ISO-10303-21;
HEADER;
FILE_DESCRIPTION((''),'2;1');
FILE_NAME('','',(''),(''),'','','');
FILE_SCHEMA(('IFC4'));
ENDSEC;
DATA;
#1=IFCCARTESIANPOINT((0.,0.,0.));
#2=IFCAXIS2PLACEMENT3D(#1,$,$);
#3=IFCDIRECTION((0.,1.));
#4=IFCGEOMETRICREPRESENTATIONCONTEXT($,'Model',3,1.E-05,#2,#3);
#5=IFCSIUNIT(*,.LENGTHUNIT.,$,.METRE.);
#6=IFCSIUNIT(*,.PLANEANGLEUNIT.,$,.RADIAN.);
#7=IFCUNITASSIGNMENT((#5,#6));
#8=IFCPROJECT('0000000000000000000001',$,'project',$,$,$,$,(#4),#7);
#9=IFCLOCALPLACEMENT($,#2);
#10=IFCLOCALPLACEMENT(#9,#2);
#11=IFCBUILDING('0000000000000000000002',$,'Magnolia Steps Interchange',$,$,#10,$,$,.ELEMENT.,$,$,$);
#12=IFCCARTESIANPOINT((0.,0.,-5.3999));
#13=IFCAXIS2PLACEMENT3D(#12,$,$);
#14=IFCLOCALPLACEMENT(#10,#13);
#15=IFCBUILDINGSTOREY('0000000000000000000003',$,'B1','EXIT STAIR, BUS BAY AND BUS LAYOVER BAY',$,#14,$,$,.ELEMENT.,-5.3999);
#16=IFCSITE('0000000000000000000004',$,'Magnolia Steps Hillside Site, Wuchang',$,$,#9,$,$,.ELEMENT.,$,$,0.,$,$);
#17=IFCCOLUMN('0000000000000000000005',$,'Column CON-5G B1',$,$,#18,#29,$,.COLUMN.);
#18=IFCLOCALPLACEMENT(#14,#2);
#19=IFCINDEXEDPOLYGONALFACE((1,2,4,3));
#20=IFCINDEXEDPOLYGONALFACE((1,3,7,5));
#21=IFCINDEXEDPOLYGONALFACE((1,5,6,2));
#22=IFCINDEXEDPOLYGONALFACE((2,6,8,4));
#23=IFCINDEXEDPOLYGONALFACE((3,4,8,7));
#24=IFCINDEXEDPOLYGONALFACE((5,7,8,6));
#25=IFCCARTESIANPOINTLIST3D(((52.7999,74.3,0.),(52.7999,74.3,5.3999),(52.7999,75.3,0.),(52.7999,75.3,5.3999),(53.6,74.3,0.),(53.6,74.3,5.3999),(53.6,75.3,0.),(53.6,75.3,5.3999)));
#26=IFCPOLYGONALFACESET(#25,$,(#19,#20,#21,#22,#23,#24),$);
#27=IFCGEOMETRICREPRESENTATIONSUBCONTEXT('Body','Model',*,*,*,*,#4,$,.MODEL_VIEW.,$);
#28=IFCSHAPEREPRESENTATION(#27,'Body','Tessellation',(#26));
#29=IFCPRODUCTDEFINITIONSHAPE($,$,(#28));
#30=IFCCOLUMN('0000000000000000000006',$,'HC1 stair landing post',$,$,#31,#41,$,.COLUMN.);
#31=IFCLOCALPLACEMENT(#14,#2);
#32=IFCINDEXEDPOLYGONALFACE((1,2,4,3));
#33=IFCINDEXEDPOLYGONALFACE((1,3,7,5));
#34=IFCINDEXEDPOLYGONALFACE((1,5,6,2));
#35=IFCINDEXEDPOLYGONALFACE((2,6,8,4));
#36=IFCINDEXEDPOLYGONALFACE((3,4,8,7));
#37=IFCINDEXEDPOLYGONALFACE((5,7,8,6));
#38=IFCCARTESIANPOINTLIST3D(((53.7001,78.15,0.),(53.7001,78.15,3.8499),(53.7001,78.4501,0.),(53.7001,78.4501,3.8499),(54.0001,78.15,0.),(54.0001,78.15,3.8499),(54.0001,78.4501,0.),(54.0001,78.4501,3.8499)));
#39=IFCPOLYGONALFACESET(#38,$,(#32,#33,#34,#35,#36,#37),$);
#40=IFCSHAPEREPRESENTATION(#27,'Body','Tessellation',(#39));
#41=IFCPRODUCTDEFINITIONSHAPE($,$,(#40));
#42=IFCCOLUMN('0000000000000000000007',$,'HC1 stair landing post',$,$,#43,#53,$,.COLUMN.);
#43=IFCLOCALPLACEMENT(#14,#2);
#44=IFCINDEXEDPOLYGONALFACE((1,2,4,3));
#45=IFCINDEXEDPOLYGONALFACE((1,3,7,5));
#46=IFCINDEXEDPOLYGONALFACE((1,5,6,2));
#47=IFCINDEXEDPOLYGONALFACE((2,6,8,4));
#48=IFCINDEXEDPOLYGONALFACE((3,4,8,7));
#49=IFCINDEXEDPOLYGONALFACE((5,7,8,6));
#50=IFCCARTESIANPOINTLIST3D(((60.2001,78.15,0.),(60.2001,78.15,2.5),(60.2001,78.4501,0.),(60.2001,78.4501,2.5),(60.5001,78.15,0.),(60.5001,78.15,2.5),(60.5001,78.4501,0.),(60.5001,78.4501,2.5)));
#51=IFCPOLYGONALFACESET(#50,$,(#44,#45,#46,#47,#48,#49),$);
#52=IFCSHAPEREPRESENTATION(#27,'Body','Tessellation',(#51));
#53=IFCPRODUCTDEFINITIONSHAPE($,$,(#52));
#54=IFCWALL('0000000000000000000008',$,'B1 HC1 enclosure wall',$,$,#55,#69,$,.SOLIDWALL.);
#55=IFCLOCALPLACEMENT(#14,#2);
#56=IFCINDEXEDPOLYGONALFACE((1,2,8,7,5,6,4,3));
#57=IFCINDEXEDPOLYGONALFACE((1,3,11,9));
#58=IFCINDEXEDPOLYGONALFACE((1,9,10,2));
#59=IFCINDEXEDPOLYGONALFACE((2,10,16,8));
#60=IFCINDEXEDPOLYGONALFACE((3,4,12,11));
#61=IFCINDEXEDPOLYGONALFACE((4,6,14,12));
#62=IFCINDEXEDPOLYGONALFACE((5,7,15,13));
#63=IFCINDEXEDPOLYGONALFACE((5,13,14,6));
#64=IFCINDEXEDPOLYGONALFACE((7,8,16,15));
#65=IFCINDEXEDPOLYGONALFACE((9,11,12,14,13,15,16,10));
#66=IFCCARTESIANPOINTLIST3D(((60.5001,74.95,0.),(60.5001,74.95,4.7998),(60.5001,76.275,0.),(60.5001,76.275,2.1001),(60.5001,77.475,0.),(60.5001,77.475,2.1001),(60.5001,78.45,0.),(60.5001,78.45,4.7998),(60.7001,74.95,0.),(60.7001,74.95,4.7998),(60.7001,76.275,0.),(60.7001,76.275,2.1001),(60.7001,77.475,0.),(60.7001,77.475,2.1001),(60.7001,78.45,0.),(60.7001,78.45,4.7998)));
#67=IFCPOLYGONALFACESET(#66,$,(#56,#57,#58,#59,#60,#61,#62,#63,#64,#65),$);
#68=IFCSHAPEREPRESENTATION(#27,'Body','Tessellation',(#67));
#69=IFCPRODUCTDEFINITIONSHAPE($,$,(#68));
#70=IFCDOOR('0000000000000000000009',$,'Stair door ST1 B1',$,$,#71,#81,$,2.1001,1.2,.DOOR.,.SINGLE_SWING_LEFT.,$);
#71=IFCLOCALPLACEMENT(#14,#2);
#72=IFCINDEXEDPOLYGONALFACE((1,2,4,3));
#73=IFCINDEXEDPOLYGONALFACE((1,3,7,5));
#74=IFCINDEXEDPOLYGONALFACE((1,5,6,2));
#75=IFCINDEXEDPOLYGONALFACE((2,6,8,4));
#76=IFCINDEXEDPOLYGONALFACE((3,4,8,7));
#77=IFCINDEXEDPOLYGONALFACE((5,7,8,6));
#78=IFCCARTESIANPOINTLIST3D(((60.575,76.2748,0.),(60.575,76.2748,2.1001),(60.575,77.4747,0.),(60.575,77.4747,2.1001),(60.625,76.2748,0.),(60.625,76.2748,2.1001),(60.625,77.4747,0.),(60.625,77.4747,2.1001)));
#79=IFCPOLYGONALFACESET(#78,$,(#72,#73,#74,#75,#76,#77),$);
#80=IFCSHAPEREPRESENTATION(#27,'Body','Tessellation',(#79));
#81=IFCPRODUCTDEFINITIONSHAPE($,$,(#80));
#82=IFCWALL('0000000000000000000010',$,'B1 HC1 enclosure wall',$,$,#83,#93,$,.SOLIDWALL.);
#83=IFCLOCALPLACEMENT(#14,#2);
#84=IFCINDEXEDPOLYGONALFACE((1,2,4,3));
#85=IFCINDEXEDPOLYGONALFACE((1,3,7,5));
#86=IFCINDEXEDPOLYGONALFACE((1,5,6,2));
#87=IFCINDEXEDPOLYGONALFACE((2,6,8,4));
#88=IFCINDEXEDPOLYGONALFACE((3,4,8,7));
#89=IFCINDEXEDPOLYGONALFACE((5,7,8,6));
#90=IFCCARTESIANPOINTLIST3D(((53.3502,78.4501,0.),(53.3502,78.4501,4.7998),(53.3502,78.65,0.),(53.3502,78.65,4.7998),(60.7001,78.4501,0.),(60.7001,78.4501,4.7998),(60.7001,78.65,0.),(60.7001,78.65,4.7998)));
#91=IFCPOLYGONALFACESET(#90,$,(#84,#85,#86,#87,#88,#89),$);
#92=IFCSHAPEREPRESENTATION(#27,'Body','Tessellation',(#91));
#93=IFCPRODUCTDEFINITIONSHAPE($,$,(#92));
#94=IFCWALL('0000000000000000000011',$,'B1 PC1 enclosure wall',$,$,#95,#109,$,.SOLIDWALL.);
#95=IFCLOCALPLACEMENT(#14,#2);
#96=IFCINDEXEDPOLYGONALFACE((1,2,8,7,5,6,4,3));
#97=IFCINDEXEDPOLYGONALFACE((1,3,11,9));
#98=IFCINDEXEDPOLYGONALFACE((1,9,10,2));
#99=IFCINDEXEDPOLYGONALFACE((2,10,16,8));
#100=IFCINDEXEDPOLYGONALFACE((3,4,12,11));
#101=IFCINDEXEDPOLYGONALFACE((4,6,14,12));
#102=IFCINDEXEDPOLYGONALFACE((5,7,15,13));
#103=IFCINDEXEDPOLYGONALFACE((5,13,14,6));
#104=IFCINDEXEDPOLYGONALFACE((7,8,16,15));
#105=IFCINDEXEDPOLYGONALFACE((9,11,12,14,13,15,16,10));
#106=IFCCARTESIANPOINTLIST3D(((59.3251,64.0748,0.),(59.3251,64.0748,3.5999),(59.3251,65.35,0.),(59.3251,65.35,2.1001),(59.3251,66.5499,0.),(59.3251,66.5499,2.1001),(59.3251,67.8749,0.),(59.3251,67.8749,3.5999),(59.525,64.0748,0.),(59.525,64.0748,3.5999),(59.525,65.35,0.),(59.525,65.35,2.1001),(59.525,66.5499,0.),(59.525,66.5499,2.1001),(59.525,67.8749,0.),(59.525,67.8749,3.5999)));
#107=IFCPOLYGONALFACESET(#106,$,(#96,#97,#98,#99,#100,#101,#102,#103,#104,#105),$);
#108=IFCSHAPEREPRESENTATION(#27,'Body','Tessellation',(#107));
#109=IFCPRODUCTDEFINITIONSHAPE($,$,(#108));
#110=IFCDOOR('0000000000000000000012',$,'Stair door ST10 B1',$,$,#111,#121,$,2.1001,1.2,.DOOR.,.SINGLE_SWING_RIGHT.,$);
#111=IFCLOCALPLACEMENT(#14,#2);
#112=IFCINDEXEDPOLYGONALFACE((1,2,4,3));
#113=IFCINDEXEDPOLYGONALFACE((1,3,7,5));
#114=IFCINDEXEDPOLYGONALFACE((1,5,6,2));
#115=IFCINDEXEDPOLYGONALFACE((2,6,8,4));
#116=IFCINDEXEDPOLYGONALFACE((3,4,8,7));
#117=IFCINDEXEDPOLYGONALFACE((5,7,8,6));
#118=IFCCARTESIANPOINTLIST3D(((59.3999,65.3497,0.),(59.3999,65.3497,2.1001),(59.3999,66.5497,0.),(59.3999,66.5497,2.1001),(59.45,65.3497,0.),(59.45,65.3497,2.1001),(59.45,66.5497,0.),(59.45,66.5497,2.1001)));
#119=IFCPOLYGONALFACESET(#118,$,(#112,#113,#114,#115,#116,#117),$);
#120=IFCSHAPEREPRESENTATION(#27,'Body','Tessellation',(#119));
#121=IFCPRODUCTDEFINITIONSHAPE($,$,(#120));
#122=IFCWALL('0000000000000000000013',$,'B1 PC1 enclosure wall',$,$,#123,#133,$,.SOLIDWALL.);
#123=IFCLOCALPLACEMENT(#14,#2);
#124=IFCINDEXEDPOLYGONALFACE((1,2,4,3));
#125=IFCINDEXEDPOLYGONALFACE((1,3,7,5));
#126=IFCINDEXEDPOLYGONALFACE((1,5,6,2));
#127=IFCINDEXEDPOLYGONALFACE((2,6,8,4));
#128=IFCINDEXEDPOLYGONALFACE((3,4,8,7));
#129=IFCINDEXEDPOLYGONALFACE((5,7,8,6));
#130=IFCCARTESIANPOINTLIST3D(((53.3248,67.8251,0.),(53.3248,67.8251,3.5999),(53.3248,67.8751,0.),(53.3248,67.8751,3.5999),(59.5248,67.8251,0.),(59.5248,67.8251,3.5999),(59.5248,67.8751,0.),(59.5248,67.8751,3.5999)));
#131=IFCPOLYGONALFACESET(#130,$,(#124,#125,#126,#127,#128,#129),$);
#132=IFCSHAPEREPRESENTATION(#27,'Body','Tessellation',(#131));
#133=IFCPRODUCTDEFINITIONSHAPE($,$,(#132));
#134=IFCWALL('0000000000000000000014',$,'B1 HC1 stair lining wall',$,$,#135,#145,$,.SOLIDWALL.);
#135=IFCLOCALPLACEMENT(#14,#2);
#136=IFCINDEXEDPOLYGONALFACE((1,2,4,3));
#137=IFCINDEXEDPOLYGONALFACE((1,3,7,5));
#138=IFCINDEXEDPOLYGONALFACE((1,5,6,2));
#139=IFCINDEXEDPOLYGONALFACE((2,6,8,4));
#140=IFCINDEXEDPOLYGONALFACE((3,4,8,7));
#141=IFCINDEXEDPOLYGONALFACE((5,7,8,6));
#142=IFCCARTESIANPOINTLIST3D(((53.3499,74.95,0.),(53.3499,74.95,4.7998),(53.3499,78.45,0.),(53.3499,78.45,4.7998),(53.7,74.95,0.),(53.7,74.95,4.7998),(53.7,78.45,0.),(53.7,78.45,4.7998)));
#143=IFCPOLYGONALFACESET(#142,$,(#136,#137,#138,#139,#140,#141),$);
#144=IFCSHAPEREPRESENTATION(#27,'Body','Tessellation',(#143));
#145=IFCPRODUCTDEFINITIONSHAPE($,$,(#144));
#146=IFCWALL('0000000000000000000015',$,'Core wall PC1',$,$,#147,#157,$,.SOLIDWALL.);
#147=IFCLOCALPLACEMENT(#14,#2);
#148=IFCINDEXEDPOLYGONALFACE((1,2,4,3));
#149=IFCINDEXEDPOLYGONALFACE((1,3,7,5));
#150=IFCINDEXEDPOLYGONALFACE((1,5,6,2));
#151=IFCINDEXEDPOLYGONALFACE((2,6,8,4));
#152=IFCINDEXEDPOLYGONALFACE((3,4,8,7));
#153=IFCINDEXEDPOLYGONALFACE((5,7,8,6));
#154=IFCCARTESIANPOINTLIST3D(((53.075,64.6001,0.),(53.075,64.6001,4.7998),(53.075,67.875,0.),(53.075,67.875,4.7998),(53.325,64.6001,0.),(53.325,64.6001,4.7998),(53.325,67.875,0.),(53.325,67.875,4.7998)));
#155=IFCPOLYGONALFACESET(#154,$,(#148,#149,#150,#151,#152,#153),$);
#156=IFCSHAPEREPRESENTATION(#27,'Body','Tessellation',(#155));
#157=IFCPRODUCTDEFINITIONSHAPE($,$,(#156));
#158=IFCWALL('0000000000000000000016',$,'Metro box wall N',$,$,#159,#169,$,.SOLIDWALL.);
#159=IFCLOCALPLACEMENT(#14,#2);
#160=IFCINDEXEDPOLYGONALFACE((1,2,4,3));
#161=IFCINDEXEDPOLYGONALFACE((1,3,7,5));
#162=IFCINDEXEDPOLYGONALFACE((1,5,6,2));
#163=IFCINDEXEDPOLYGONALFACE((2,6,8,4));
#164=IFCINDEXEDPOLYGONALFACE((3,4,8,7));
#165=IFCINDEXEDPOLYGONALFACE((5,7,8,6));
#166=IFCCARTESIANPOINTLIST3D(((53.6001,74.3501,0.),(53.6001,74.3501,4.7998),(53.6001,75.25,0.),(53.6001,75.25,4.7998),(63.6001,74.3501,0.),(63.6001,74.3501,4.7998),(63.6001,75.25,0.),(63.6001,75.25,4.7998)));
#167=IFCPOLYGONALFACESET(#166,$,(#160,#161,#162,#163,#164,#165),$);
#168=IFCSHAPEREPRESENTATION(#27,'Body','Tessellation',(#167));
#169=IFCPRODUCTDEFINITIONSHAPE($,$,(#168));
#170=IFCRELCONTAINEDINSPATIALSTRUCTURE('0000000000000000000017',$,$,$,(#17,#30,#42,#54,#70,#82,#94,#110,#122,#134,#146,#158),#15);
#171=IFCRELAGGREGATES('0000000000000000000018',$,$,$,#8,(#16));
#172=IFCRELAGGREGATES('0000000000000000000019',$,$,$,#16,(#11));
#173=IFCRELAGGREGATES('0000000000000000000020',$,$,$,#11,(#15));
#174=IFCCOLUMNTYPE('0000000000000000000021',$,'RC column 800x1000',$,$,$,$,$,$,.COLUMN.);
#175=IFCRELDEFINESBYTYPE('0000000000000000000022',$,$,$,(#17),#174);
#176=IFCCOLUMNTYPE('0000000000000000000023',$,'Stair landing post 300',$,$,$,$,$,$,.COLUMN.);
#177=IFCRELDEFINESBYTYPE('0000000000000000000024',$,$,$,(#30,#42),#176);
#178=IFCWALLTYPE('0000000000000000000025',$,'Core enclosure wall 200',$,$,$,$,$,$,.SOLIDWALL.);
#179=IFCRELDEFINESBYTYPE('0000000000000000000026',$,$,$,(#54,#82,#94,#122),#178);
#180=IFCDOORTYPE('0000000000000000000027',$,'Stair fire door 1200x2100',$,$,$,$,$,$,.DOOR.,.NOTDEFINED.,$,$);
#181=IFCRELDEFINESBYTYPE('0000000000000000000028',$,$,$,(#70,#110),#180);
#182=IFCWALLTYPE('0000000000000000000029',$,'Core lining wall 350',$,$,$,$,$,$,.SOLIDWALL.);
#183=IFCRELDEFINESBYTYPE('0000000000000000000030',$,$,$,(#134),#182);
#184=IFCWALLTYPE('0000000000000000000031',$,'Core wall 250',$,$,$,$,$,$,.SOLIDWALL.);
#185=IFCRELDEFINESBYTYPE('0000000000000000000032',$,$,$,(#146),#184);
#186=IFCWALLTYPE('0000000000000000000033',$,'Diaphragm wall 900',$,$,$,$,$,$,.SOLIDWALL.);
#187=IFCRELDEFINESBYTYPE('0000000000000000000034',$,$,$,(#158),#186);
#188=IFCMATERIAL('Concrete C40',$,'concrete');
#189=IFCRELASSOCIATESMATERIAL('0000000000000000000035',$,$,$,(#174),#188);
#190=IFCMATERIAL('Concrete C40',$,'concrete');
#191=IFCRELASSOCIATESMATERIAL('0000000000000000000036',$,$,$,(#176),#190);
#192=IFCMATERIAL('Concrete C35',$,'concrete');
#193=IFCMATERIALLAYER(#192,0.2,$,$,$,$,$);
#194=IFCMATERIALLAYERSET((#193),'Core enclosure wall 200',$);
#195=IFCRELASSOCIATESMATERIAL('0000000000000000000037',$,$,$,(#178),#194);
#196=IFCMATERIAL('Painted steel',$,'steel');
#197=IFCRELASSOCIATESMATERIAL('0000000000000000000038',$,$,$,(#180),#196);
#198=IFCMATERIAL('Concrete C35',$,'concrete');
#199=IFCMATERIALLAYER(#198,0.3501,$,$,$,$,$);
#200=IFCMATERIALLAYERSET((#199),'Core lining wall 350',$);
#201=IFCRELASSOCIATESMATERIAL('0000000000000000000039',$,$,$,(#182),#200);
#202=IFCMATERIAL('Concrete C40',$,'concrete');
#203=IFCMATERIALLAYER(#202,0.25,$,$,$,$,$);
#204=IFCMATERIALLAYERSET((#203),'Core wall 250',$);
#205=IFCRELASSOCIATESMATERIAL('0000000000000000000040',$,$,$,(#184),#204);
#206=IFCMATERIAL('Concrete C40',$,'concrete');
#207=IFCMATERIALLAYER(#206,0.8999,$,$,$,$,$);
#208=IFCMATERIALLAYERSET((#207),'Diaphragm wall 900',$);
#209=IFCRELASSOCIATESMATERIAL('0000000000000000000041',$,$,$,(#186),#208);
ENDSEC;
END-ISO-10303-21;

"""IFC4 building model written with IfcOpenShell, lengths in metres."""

from ifc_helpers import new_model, si_unit, direction, frame, frame_2d, origin, origin_2d, place, context, subcontext, project, spatial, rectangle, extrude, material, layer, layer_set, material_profile, profile_set, type_object, element, fill, save


model = new_model("IFC4")

# Units and contexts
model_context = context("Model", 3, precision=1e-05, world=origin(), true_north=direction((0.0, 1.0)))
body_context = subcontext(model_context, "Body", "Model", "MODEL_VIEW")
ifc_project = project(units=[si_unit("LENGTHUNIT", "METRE"), si_unit("PLANEANGLEUNIT", "RADIAN")], contexts=[model_context])

# Site, building, storey
site_placement = place(None, origin())
site = spatial("IfcSite", under=ifc_project, at=site_placement, Name="Magnolia Steps Hillside Site, Wuchang", CompositionType="ELEMENT", RefElevation=0.0)
building_placement = place(site_placement, origin())
building = spatial("IfcBuilding", under=site, at=building_placement, Name="Magnolia Steps Interchange", CompositionType="ELEMENT")
storey_placement = place(building_placement, frame((0.0, 0.0, -5.3999)))
storey = spatial("IfcBuildingStorey", under=building, at=storey_placement, Name="B1", Description="EXIT STAIR, BUS BAY AND BUS LAYOVER BAY", CompositionType="ELEMENT", Elevation=-5.3999)

# Columns
ifc_material_1 = material(Name="Concrete C40", Category="concrete")
ifc_material_profile_1 = material_profile(ifc_material_1, rectangle(XDim=0.8, YDim=1.0, at=origin_2d()), Name="RC800x1000")
ifc_profile_set_1 = profile_set([ifc_material_profile_1], Name="Concrete C40")
column_type_1 = type_object("IfcColumnType", Name="RC column 800x1000", PredefinedType="COLUMN", material=ifc_profile_set_1)
column_1_placement = place(storey_placement, frame((53.2, 74.8, 0.0), z_axis=(0.0, 0.0, 1.0), x_axis=(1.0, 0.0, 0.0)))
element("IfcColumn", 1, at=column_1_placement, inside=storey, type_object=column_type_1, Name="Column CON-5G B1", PredefinedType="COLUMN", context=body_context, shape_type="SweptSolid", body=[
    extrude(rectangle(XDim=0.8, YDim=1.0, at=origin_2d()), origin(), (0.0, 0.0, 1.0), 5.3999),
])
ifc_material_2 = material(Name="Concrete C40", Category="concrete")
ifc_material_profile_2 = material_profile(ifc_material_2, rectangle(XDim=0.3, YDim=0.3, at=origin_2d()), Name="RC300x300")
ifc_profile_set_2 = profile_set([ifc_material_profile_2], Name="Concrete C40")
column_type_2 = type_object("IfcColumnType", Name="Stair landing post 300", PredefinedType="COLUMN", material=ifc_profile_set_2)
column_2_placement = place(storey_placement, frame((53.8501, 78.3, 0.0), z_axis=(0.0, 0.0, 1.0), x_axis=(1.0, 0.0, 0.0)))
element("IfcColumn", 2, at=column_2_placement, inside=storey, type_object=column_type_2, Name="HC1 stair landing post", PredefinedType="COLUMN", context=body_context, shape_type="SweptSolid", body=[
    extrude(rectangle(XDim=0.3, YDim=0.3, at=origin_2d()), origin(), (0.0, 0.0, 1.0), 3.8499),
])
column_3_placement = place(storey_placement, frame((60.3501, 78.3, 0.0), z_axis=(0.0, 0.0, 1.0), x_axis=(1.0, 0.0, 0.0)))
element("IfcColumn", 3, at=column_3_placement, inside=storey, type_object=column_type_2, Name="HC1 stair landing post", PredefinedType="COLUMN", context=body_context, shape_type="SweptSolid", body=[
    extrude(rectangle(XDim=0.3, YDim=0.3, at=origin_2d()), origin(), (0.0, 0.0, 1.0), 2.5),
])

# Wall, opening, door
ifc_material_3 = material(Name="Concrete C35", Category="concrete")
ifc_layer_1 = layer(ifc_material_3, 0.2)
ifc_layer_set_1 = layer_set([ifc_layer_1], Name="Core enclosure wall 200")
wall_type_1 = type_object("IfcWallType", Name="Core enclosure wall 200", PredefinedType="SOLIDWALL", material=ifc_layer_set_1)
wall_1_placement = place(storey_placement, frame((60.6001, 74.95, 0.0), z_axis=(0.0, 0.0, 1.0), x_axis=(0.0, 1.0, 0.0)))
wall_1 = element("IfcWall", 4, at=wall_1_placement, inside=storey, type_object=wall_type_1, Name="B1 HC1 enclosure wall", PredefinedType="SOLIDWALL", context=body_context, shape_type="SweptSolid", body=[
    extrude(rectangle(XDim=3.5, YDim=0.2, at=frame_2d((1.75, 0.0))), origin(), (0.0, 0.0, 1.0), 4.7998),
])
opening_1_placement = place(wall_1_placement, frame((1.325, 0.0, 0.0)))
opening_1 = element("IfcOpeningElement", 5, at=opening_1_placement, cuts=wall_1, PredefinedType="OPENING", context=body_context, shape_type="SweptSolid", body=[
    extrude(rectangle(XDim=1.2, YDim=2.1001, at=frame_2d((0.6001, 1.05))), frame((0.0, 0.1099, 0.0), z_axis=(0.0, -1.0, 0.0), x_axis=(1.0, 0.0, 0.0)), (0.0, 0.0, 1.0), 0.22),
])
ifc_material_4 = material(Name="Painted steel", Category="steel")
door_type = type_object("IfcDoorType", Name="Stair fire door 1200x2100", OperationType="NOTDEFINED", PredefinedType="DOOR", material=ifc_material_4)
door_1_placement = place(opening_1_placement, frame((1.2, 0.0, 0.0), z_axis=(0.0, 0.0, 1.0), x_axis=(-1.0, 0.0, 0.0)))
door_1 = element("IfcDoor", 6, at=door_1_placement, inside=storey, type_object=door_type, Name="Stair door ST1 B1", OperationType="SINGLE_SWING_LEFT", OverallHeight=2.1001, OverallWidth=1.2, PredefinedType="DOOR", context=body_context, shape_type="SweptSolid", body=[
    extrude(rectangle(XDim=1.2, YDim=2.1001, at=frame_2d((0.6001, 1.05))), frame((0.0, 0.0249, 0.0), z_axis=(0.0, -1.0, 0.0), x_axis=(1.0, 0.0, 0.0)), (0.0, 0.0, 1.0), 0.05),
])
fill(opening_1, door_1)

# Wall
wall_2_placement = place(storey_placement, frame((60.7, 78.55, 0.0), z_axis=(0.0, 0.0, 1.0), x_axis=(-1.0, 0.0, 0.0)))
element("IfcWall", 7, at=wall_2_placement, inside=storey, type_object=wall_type_1, Name="B1 HC1 enclosure wall", PredefinedType="SOLIDWALL", context=body_context, shape_type="SweptSolid", body=[
    extrude(rectangle(XDim=7.3499, YDim=0.2, at=frame_2d((3.6748, 0.0))), origin(), (0.0, 0.0, 1.0), 4.7998),
])

# Wall, opening, door
wall_3_placement = place(storey_placement, frame((59.425, 64.075, 0.0), z_axis=(0.0, 0.0, 1.0), x_axis=(0.0, 1.0, 0.0)))
wall_3 = element("IfcWall", 8, at=wall_3_placement, inside=storey, type_object=wall_type_1, Name="B1 PC1 enclosure wall", PredefinedType="SOLIDWALL", context=body_context, shape_type="SweptSolid", body=[
    extrude(rectangle(XDim=3.8, YDim=0.2, at=frame_2d((1.8999, 0.0))), origin(), (0.0, 0.0, 1.0), 3.5999),
])
opening_2_placement = place(wall_3_placement, frame((1.2749, 0.0, 0.0)))
opening_2 = element("IfcOpeningElement", 9, at=opening_2_placement, cuts=wall_3, PredefinedType="OPENING", context=body_context, shape_type="SweptSolid", body=[
    extrude(rectangle(XDim=1.2, YDim=2.1001, at=frame_2d((0.6001, 1.05))), frame((0.0, 0.1099, 0.0), z_axis=(0.0, -1.0, 0.0), x_axis=(1.0, 0.0, 0.0)), (0.0, 0.0, 1.0), 0.22),
])
door_2_placement = place(opening_2_placement, frame((1.2, 0.0, 0.0), z_axis=(0.0, 0.0, 1.0), x_axis=(-1.0, 0.0, 0.0)))
door_2 = element("IfcDoor", 10, at=door_2_placement, inside=storey, type_object=door_type, Name="Stair door ST10 B1", OperationType="SINGLE_SWING_RIGHT", OverallHeight=2.1001, OverallWidth=1.2, PredefinedType="DOOR", context=body_context, shape_type="SweptSolid", body=[
    extrude(rectangle(XDim=1.2, YDim=2.1001, at=frame_2d((0.6001, 1.05))), frame((0.0, 0.0249, 0.0), z_axis=(0.0, -1.0, 0.0), x_axis=(1.0, 0.0, 0.0)), (0.0, 0.0, 1.0), 0.05),
])
fill(opening_2, door_2)

# Walls
wall_4_placement = place(storey_placement, frame((59.5249, 67.8501, 0.0), z_axis=(0.0, 0.0, 1.0), x_axis=(-1.0, 0.0, 0.0)))
element("IfcWall", 11, at=wall_4_placement, inside=storey, type_object=wall_type_1, Name="B1 PC1 enclosure wall", PredefinedType="SOLIDWALL", context=body_context, shape_type="SweptSolid", body=[
    extrude(rectangle(XDim=6.2, YDim=0.05, at=frame_2d((3.1001, 0.0))), origin(), (0.0, 0.0, 1.0), 3.5999),
])
ifc_material_5 = material(Name="Concrete C35", Category="concrete")
ifc_layer_2 = layer(ifc_material_5, 0.3501)
ifc_layer_set_2 = layer_set([ifc_layer_2], Name="Core lining wall 350")
wall_type_2 = type_object("IfcWallType", Name="Core lining wall 350", PredefinedType="SOLIDWALL", material=ifc_layer_set_2)
wall_5_placement = place(storey_placement, frame((53.5249, 74.95, 0.0), z_axis=(0.0, 0.0, 1.0), x_axis=(0.0, 1.0, 0.0)))
element("IfcWall", 12, at=wall_5_placement, inside=storey, type_object=wall_type_2, Name="B1 HC1 stair lining wall", PredefinedType="SOLIDWALL", context=body_context, shape_type="SweptSolid", body=[
    extrude(rectangle(XDim=3.5, YDim=0.3501, at=frame_2d((1.75, 0.0))), origin(), (0.0, 0.0, 1.0), 4.7998),
])
ifc_material_6 = material(Name="Concrete C40", Category="concrete")
ifc_layer_3 = layer(ifc_material_6, 0.25)
ifc_layer_set_3 = layer_set([ifc_layer_3], Name="Core wall 250")
wall_type_3 = type_object("IfcWallType", Name="Core wall 250", PredefinedType="SOLIDWALL", material=ifc_layer_set_3)
wall_6_placement = place(storey_placement, frame((53.2, 67.875, 0.0), z_axis=(0.0, 0.0, 1.0), x_axis=(0.0, -1.0, 0.0)))
element("IfcWall", 13, at=wall_6_placement, inside=storey, type_object=wall_type_3, Name="Core wall PC1", PredefinedType="SOLIDWALL", context=body_context, shape_type="SweptSolid", body=[
    extrude(rectangle(XDim=3.2749, YDim=0.25, at=frame_2d((1.6375, 0.0))), origin(), (0.0, 0.0, 1.0), 4.7998),
])
ifc_material_7 = material(Name="Concrete C40", Category="concrete")
ifc_layer_4 = layer(ifc_material_7, 0.8999)
ifc_layer_set_4 = layer_set([ifc_layer_4], Name="Diaphragm wall 900")
wall_type_4 = type_object("IfcWallType", Name="Diaphragm wall 900", PredefinedType="SOLIDWALL", material=ifc_layer_set_4)
wall_7_placement = place(storey_placement, frame((63.6001, 74.8, 0.0), z_axis=(0.0, 0.0, 1.0), x_axis=(-1.0, 0.0, 0.0)))
element("IfcWall", 14, at=wall_7_placement, inside=storey, type_object=wall_type_4, Name="Metro box wall N", PredefinedType="SOLIDWALL", context=body_context, shape_type="SweptSolid", body=[
    extrude(rectangle(XDim=10.0, YDim=0.8999, at=frame_2d((5.0, 0.0))), origin(), (0.0, 0.0, 1.0), 4.7998),
])

save(model, "model.ifc")
